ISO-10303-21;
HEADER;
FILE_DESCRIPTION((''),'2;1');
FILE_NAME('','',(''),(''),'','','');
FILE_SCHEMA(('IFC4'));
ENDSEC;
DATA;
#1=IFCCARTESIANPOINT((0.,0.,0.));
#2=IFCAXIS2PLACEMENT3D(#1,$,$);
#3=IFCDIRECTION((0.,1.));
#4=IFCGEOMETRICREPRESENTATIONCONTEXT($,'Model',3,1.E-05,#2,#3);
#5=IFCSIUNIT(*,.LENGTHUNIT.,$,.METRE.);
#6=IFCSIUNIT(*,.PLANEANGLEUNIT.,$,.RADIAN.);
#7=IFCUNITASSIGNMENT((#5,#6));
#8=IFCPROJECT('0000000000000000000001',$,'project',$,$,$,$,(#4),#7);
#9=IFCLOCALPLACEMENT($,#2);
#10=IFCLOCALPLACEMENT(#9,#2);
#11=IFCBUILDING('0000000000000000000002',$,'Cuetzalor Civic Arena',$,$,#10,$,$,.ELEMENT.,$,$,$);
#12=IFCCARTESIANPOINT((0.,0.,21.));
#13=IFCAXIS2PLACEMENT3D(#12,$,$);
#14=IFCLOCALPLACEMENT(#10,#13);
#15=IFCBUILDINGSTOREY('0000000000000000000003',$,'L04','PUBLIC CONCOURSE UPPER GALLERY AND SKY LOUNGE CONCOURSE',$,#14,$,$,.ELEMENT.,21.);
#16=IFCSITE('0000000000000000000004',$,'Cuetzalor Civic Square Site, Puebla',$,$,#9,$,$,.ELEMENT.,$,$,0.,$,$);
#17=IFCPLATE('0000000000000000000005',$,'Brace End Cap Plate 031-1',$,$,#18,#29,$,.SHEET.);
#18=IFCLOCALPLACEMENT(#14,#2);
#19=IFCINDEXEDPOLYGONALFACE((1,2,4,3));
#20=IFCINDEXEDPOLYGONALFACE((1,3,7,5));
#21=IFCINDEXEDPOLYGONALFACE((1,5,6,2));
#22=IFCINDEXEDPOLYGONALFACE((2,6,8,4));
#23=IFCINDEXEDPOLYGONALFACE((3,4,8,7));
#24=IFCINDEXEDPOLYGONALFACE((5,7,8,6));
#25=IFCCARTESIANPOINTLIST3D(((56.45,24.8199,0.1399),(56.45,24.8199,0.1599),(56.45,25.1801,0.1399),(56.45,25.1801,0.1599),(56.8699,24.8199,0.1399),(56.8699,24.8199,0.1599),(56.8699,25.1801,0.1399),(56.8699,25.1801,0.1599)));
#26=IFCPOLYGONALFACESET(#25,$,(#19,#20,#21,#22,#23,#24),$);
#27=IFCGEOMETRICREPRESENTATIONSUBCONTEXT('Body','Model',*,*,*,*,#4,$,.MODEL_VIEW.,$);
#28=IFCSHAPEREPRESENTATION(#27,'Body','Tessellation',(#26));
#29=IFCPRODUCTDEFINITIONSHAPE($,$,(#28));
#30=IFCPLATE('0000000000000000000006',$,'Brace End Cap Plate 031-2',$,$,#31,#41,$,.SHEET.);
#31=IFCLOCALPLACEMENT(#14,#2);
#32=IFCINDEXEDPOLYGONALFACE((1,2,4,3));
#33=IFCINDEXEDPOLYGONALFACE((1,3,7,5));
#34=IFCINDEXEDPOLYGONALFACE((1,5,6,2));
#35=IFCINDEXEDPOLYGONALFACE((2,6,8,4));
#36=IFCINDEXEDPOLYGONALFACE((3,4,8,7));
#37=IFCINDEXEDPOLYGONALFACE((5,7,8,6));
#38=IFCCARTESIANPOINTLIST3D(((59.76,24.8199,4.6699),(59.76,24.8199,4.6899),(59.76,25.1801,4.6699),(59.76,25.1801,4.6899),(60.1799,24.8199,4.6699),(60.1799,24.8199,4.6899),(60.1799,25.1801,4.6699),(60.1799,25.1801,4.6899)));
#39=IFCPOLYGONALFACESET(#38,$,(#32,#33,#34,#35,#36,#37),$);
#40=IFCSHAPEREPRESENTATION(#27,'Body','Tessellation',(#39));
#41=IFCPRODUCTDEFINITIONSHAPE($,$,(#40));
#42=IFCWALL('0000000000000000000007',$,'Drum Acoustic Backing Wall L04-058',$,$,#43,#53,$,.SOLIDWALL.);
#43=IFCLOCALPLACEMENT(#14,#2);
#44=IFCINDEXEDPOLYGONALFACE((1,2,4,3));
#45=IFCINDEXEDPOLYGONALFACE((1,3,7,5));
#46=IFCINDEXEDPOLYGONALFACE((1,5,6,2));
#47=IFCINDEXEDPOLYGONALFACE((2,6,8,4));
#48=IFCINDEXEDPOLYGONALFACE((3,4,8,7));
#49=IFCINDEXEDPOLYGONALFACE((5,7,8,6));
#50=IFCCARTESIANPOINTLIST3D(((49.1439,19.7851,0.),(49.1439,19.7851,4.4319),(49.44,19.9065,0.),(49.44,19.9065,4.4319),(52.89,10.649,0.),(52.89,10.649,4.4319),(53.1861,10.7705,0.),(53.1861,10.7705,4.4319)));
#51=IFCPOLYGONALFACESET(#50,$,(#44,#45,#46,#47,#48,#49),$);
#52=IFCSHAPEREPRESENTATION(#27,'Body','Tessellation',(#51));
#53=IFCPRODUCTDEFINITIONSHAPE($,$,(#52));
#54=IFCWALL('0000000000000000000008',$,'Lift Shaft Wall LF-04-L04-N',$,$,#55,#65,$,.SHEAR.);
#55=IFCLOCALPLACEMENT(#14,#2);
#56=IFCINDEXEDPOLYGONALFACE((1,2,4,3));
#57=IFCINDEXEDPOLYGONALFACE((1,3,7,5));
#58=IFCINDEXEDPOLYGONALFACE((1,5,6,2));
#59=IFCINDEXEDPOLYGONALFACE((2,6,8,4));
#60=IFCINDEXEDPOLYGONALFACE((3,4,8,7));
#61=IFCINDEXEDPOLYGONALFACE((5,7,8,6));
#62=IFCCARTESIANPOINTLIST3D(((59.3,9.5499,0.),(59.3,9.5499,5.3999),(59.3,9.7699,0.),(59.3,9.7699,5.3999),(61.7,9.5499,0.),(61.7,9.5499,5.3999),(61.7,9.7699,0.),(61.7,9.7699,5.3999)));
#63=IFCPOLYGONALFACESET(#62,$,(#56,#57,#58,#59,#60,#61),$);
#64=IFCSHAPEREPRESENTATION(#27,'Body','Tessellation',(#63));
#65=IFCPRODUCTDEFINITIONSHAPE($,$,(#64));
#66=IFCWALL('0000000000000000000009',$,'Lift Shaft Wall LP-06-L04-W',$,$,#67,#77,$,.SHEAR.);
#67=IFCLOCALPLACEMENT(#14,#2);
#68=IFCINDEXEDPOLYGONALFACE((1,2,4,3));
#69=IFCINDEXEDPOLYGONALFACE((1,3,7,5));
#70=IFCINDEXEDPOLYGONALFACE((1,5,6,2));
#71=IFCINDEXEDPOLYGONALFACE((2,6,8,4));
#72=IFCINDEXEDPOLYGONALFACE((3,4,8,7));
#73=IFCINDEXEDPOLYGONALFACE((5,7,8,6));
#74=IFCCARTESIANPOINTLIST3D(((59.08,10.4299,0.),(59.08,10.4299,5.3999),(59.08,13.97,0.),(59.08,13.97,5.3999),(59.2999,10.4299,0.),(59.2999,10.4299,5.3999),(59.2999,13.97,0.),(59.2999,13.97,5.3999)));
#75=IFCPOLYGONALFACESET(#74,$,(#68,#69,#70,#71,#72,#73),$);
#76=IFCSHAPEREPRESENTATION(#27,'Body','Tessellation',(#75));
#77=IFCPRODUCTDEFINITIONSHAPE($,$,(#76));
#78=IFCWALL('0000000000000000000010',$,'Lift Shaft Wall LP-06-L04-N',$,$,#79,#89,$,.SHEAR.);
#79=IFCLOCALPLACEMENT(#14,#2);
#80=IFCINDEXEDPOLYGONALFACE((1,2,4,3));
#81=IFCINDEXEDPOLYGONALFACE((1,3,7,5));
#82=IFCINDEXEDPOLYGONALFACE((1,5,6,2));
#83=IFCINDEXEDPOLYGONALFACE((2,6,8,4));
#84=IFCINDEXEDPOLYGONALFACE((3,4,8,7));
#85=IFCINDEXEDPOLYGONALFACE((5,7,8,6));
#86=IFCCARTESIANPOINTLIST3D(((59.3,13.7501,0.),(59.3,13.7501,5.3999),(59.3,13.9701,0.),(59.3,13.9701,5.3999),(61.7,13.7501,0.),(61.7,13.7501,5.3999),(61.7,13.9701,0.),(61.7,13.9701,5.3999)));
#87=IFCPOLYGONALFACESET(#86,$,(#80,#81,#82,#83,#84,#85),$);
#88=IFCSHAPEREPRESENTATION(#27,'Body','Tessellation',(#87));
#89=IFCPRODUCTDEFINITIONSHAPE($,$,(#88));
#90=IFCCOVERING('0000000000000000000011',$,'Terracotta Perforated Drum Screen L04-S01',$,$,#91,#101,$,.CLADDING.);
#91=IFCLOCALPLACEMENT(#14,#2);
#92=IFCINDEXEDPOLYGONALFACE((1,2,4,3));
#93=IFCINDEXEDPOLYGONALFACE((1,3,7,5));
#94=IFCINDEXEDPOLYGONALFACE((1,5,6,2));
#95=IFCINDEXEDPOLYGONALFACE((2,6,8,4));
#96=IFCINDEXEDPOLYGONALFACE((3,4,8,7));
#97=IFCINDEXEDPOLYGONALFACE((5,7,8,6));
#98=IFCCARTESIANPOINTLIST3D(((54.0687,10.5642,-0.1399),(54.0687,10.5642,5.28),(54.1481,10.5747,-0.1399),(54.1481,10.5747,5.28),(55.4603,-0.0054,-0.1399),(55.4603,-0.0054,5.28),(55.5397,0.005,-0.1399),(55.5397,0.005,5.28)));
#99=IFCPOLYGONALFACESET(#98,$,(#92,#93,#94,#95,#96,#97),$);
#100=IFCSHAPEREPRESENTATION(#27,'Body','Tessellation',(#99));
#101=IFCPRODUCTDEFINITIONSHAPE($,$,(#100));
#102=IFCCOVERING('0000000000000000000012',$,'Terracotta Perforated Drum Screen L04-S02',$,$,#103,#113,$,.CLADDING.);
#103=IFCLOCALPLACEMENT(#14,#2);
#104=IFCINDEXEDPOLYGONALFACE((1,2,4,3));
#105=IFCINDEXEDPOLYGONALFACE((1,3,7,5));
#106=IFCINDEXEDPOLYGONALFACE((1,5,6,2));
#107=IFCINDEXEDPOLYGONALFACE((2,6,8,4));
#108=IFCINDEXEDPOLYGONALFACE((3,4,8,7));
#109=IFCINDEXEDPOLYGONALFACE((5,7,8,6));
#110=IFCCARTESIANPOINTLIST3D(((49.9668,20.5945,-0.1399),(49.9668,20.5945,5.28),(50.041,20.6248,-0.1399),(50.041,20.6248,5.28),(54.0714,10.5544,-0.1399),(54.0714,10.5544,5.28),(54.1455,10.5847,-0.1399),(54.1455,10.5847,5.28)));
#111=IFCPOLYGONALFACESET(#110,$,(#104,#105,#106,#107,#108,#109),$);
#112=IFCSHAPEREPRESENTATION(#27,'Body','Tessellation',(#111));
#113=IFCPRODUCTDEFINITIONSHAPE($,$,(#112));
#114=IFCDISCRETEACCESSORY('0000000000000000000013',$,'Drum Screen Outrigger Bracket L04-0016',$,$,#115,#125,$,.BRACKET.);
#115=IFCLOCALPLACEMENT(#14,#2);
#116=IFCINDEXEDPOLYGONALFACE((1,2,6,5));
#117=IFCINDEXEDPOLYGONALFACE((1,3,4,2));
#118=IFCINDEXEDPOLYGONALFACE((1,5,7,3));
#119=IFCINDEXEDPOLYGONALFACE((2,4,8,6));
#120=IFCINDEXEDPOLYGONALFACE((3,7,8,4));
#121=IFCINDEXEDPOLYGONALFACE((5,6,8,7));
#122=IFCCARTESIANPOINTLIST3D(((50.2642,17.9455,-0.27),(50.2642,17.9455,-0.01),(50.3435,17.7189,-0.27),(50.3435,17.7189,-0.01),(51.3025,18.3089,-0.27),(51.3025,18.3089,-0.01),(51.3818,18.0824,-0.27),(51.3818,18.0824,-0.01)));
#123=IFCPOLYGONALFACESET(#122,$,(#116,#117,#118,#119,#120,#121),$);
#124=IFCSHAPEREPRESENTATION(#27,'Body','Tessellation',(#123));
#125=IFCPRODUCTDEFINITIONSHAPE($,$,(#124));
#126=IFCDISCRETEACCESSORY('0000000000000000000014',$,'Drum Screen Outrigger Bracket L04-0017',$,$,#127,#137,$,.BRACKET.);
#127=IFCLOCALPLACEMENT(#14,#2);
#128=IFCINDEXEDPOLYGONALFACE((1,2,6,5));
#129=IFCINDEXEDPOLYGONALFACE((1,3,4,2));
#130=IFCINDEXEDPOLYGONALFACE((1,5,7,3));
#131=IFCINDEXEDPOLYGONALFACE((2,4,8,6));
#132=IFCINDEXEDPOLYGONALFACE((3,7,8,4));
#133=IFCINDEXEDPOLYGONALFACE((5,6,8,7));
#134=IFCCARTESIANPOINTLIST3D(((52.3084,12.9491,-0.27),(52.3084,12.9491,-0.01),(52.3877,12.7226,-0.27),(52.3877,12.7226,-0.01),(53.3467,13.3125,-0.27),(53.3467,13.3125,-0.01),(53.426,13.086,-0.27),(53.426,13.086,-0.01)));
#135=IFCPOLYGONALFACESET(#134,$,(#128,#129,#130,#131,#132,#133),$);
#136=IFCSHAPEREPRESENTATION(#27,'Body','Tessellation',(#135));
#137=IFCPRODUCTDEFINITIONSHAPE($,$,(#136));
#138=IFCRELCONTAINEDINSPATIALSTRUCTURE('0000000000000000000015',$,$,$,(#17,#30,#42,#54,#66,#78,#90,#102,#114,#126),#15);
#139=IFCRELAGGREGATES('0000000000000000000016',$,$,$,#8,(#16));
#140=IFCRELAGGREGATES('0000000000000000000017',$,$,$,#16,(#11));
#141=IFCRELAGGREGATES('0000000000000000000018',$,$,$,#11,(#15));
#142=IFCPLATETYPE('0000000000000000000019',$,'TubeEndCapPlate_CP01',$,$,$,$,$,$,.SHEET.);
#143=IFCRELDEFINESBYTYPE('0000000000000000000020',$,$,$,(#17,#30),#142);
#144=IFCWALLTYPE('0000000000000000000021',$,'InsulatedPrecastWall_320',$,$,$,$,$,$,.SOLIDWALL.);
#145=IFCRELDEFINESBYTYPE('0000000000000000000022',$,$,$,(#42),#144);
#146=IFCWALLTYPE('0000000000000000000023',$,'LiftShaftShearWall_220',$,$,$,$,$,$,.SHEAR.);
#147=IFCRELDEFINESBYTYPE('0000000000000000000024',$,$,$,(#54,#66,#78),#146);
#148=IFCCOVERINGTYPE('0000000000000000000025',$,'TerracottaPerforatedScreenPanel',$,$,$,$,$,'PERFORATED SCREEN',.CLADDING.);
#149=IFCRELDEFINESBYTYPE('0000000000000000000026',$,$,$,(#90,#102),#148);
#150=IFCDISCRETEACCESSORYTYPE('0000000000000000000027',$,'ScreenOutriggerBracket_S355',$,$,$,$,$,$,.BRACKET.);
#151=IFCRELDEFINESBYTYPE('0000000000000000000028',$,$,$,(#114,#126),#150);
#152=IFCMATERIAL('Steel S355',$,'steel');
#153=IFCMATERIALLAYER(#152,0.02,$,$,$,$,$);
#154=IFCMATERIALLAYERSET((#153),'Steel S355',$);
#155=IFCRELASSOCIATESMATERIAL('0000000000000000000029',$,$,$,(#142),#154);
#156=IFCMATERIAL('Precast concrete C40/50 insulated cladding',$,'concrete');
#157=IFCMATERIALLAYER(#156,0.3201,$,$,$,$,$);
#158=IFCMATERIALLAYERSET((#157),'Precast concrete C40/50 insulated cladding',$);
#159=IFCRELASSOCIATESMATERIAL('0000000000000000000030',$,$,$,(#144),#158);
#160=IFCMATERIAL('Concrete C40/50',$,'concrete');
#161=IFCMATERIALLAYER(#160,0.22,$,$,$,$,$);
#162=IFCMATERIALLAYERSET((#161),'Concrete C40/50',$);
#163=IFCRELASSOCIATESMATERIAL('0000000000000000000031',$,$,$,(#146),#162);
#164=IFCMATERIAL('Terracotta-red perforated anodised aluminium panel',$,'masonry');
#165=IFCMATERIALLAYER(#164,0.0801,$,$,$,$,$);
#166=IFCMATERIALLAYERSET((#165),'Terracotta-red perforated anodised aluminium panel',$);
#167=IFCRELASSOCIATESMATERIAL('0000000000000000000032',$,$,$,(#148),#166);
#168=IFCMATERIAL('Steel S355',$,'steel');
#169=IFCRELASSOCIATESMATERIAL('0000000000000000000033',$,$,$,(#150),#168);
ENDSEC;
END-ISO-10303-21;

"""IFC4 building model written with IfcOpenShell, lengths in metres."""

from ifc_helpers import new_model, si_unit, direction, frame, frame_2d, origin, origin_2d, place, context, subcontext, project, spatial, rectangle, extrude, material, layer, layer_set, type_object, element, save


model = new_model("IFC4")

# Units and contexts
model_context = context("Model", 3, precision=1e-05, world=origin(), true_north=direction((0.0, 1.0)))
body_context = subcontext(model_context, "Body", "Model", "MODEL_VIEW")
ifc_project = project(units=[si_unit("LENGTHUNIT", "METRE"), si_unit("PLANEANGLEUNIT", "RADIAN")], contexts=[model_context])

# Site, building, storey
site_placement = place(None, origin())
site = spatial("IfcSite", under=ifc_project, at=site_placement, Name="Cuetzalor Civic Square Site, Puebla", CompositionType="ELEMENT", RefElevation=0.0)
building_placement = place(site_placement, origin())
building = spatial("IfcBuilding", under=site, at=building_placement, Name="Cuetzalor Civic Arena", CompositionType="ELEMENT")
storey_placement = place(building_placement, frame((0.0, 0.0, 21.0)))
storey = spatial("IfcBuildingStorey", under=building, at=storey_placement, Name="L04", Description="PUBLIC CONCOURSE UPPER GALLERY AND SKY LOUNGE CONCOURSE", CompositionType="ELEMENT", Elevation=21.0)

# Plates
ifc_material_1 = material(Name="Steel S355", Category="steel")
ifc_layer_1 = layer(ifc_material_1, 0.02)
ifc_layer_set_1 = layer_set([ifc_layer_1], Name="Steel S355")
plate_type_1 = type_object("IfcPlateType", Name="TubeEndCapPlate_CP01", PredefinedType="SHEET", material=ifc_layer_set_1)
for number, where, z_axis, x_axis, name in (
    (1, (56.6599, 25.0, 0.1399), (0.0, 0.0, 1.0), (1.0, 0.0, 0.0), "Brace End Cap Plate 031-1"),
    (2, (59.97, 25.0, 4.6699), (0.0, 0.0, 1.0), (1.0, 0.0, 0.0), "Brace End Cap Plate 031-2"),
):
    element("IfcPlate", number, at=place(storey_placement, frame(where, z_axis=z_axis, x_axis=x_axis)), inside=storey, type_object=plate_type_1, Name=name, PredefinedType="SHEET", context=body_context, shape_type="SweptSolid", body=[
        extrude(rectangle(XDim=0.4199, YDim=0.3601, at=origin_2d()), origin(), (0.0, 0.0, 1.0), 0.02),
    ])

# Shared definitions
ifc_material_2 = material(Name="Precast concrete C40/50 insulated cladding", Category="concrete")
ifc_layer_2 = layer(ifc_material_2, 0.3201)
ifc_layer_set_2 = layer_set([ifc_layer_2], Name="Precast concrete C40/50 insulated cladding")
wall_type_1 = type_object("IfcWallType", Name="InsulatedPrecastWall_320", PredefinedType="SOLIDWALL", material=ifc_layer_set_2)

# Walls
wall_1_placement = place(storey_placement, frame((49.292, 19.8457, 0.0), z_axis=(0.0, 0.0, 1.0), x_axis=(0.379383, -0.92524, 0.0)))
element("IfcWall", 3, at=wall_1_placement, inside=storey, type_object=wall_type_1, Name="Drum Acoustic Backing Wall L04-058", PredefinedType="SOLIDWALL", context=body_context, shape_type="SweptSolid", body=[
    extrude(rectangle(XDim=9.8743, YDim=0.3201, at=frame_2d((4.937, 0.0))), origin(), (0.0, 0.0, 1.0), 4.4319),
])
ifc_material_3 = material(Name="Concrete C40/50", Category="concrete")
ifc_layer_3 = layer(ifc_material_3, 0.22)
ifc_layer_set_3 = layer_set([ifc_layer_3], Name="Concrete C40/50")
wall_type_2 = type_object("IfcWallType", Name="LiftShaftShearWall_220", PredefinedType="SHEAR", material=ifc_layer_set_3)
wall_2_placement = place(storey_placement, frame((59.3, 9.6599, 0.0), z_axis=(0.0, 0.0, 1.0), x_axis=(1.0, 0.0, 0.0)))
element("IfcWall", 4, at=wall_2_placement, inside=storey, type_object=wall_type_2, Name="Lift Shaft Wall LF-04-L04-N", PredefinedType="SHEAR", context=body_context, shape_type="SweptSolid", body=[
    extrude(rectangle(XDim=2.3999, YDim=0.22, at=frame_2d((1.2, 0.0))), origin(), (0.0, 0.0, 1.0), 5.3999),
])
wall_3_placement = place(storey_placement, frame((59.1899, 10.4299, 0.0), z_axis=(0.0, 0.0, 1.0), x_axis=(0.0, 1.0, 0.0)))
element("IfcWall", 5, at=wall_3_placement, inside=storey, type_object=wall_type_2, Name="Lift Shaft Wall LP-06-L04-W", PredefinedType="SHEAR", context=body_context, shape_type="SweptSolid", body=[
    extrude(rectangle(XDim=3.54, YDim=0.22, at=frame_2d((1.77, 0.0))), origin(), (0.0, 0.0, 1.0), 5.3999),
])
wall_4_placement = place(storey_placement, frame((59.3, 13.8601, 0.0), z_axis=(0.0, 0.0, 1.0), x_axis=(1.0, 0.0, 0.0)))
element("IfcWall", 6, at=wall_4_placement, inside=storey, type_object=wall_type_2, Name="Lift Shaft Wall LP-06-L04-N", PredefinedType="SHEAR", context=body_context, shape_type="SweptSolid", body=[
    extrude(rectangle(XDim=2.3999, YDim=0.22, at=frame_2d((1.2, 0.0))), origin(), (0.0, 0.0, 1.0), 5.3999),
])

# Coverings
ifc_material_4 = material(Name="Terracotta-red perforated anodised aluminium panel", Category="masonry")
ifc_layer_4 = layer(ifc_material_4, 0.0801)
ifc_layer_set_4 = layer_set([ifc_layer_4], Name="Terracotta-red perforated anodised aluminium panel")
covering_type = type_object("IfcCoveringType", Name="TerracottaPerforatedScreenPanel", ElementType="PERFORATED SCREEN", PredefinedType="CLADDING", material=ifc_layer_set_4)
covering_1_placement = place(storey_placement, frame((54.1084, 10.5696, -0.1399), z_axis=(0.0, 0.0, 1.0), x_axis=(0.130534, -0.991444, 0.0)))
element("IfcCovering", 7, at=covering_1_placement, inside=storey, type_object=covering_type, Name="Terracotta Perforated Drum Screen L04-S01", PredefinedType="CLADDING", context=body_context, shape_type="SweptSolid", body=[
    extrude(rectangle(XDim=10.6609, YDim=0.0801, at=frame_2d((5.3306, 0.0))), origin(), (0.0, 0.0, 1.0), 5.4199),
])
covering_2_placement = place(storey_placement, frame((50.0039, 20.6096, -0.1399), z_axis=(0.0, 0.0, 1.0), x_axis=(0.378412, -0.925637, 0.0)))
element("IfcCovering", 8, at=covering_2_placement, inside=storey, type_object=covering_type, Name="Terracotta Perforated Drum Screen L04-S02", PredefinedType="CLADDING", context=body_context, shape_type="SweptSolid", body=[
    extrude(rectangle(XDim=10.8467, YDim=0.0801, at=frame_2d((5.4233, 0.0))), origin(), (0.0, 0.0, 1.0), 5.4199),
])

# Discrete accessories
ifc_material_5 = material(Name="Steel S355", Category="steel")
discrete_accessory_type = type_object("IfcDiscreteAccessoryType", Name="ScreenOutriggerBracket_S355", PredefinedType="BRACKET", material=ifc_material_5)
for number, where, z_axis, x_axis, name in (
    (9, (50.823, 18.0139, -0.27), (0.0, 0.0, 1.0), (0.943859, 0.33035, 0.0), "Drum Screen Outrigger Bracket L04-0016"),
    (10, (52.8672, 13.0176, -0.27), (0.0, 0.0, 1.0), (0.943859, 0.33035, 0.0), "Drum Screen Outrigger Bracket L04-0017"),
):
    element("IfcDiscreteAccessory", number, at=place(storey_placement, frame(where, z_axis=z_axis, x_axis=x_axis)), inside=storey, type_object=discrete_accessory_type, Name=name, PredefinedType="BRACKET", context=body_context, shape_type="SweptSolid", body=[
        extrude(rectangle(XDim=1.1001, YDim=0.24, at=origin_2d()), origin(), (0.0, 0.0, 1.0), 0.26),
    ])

save(model, "model.ifc")
